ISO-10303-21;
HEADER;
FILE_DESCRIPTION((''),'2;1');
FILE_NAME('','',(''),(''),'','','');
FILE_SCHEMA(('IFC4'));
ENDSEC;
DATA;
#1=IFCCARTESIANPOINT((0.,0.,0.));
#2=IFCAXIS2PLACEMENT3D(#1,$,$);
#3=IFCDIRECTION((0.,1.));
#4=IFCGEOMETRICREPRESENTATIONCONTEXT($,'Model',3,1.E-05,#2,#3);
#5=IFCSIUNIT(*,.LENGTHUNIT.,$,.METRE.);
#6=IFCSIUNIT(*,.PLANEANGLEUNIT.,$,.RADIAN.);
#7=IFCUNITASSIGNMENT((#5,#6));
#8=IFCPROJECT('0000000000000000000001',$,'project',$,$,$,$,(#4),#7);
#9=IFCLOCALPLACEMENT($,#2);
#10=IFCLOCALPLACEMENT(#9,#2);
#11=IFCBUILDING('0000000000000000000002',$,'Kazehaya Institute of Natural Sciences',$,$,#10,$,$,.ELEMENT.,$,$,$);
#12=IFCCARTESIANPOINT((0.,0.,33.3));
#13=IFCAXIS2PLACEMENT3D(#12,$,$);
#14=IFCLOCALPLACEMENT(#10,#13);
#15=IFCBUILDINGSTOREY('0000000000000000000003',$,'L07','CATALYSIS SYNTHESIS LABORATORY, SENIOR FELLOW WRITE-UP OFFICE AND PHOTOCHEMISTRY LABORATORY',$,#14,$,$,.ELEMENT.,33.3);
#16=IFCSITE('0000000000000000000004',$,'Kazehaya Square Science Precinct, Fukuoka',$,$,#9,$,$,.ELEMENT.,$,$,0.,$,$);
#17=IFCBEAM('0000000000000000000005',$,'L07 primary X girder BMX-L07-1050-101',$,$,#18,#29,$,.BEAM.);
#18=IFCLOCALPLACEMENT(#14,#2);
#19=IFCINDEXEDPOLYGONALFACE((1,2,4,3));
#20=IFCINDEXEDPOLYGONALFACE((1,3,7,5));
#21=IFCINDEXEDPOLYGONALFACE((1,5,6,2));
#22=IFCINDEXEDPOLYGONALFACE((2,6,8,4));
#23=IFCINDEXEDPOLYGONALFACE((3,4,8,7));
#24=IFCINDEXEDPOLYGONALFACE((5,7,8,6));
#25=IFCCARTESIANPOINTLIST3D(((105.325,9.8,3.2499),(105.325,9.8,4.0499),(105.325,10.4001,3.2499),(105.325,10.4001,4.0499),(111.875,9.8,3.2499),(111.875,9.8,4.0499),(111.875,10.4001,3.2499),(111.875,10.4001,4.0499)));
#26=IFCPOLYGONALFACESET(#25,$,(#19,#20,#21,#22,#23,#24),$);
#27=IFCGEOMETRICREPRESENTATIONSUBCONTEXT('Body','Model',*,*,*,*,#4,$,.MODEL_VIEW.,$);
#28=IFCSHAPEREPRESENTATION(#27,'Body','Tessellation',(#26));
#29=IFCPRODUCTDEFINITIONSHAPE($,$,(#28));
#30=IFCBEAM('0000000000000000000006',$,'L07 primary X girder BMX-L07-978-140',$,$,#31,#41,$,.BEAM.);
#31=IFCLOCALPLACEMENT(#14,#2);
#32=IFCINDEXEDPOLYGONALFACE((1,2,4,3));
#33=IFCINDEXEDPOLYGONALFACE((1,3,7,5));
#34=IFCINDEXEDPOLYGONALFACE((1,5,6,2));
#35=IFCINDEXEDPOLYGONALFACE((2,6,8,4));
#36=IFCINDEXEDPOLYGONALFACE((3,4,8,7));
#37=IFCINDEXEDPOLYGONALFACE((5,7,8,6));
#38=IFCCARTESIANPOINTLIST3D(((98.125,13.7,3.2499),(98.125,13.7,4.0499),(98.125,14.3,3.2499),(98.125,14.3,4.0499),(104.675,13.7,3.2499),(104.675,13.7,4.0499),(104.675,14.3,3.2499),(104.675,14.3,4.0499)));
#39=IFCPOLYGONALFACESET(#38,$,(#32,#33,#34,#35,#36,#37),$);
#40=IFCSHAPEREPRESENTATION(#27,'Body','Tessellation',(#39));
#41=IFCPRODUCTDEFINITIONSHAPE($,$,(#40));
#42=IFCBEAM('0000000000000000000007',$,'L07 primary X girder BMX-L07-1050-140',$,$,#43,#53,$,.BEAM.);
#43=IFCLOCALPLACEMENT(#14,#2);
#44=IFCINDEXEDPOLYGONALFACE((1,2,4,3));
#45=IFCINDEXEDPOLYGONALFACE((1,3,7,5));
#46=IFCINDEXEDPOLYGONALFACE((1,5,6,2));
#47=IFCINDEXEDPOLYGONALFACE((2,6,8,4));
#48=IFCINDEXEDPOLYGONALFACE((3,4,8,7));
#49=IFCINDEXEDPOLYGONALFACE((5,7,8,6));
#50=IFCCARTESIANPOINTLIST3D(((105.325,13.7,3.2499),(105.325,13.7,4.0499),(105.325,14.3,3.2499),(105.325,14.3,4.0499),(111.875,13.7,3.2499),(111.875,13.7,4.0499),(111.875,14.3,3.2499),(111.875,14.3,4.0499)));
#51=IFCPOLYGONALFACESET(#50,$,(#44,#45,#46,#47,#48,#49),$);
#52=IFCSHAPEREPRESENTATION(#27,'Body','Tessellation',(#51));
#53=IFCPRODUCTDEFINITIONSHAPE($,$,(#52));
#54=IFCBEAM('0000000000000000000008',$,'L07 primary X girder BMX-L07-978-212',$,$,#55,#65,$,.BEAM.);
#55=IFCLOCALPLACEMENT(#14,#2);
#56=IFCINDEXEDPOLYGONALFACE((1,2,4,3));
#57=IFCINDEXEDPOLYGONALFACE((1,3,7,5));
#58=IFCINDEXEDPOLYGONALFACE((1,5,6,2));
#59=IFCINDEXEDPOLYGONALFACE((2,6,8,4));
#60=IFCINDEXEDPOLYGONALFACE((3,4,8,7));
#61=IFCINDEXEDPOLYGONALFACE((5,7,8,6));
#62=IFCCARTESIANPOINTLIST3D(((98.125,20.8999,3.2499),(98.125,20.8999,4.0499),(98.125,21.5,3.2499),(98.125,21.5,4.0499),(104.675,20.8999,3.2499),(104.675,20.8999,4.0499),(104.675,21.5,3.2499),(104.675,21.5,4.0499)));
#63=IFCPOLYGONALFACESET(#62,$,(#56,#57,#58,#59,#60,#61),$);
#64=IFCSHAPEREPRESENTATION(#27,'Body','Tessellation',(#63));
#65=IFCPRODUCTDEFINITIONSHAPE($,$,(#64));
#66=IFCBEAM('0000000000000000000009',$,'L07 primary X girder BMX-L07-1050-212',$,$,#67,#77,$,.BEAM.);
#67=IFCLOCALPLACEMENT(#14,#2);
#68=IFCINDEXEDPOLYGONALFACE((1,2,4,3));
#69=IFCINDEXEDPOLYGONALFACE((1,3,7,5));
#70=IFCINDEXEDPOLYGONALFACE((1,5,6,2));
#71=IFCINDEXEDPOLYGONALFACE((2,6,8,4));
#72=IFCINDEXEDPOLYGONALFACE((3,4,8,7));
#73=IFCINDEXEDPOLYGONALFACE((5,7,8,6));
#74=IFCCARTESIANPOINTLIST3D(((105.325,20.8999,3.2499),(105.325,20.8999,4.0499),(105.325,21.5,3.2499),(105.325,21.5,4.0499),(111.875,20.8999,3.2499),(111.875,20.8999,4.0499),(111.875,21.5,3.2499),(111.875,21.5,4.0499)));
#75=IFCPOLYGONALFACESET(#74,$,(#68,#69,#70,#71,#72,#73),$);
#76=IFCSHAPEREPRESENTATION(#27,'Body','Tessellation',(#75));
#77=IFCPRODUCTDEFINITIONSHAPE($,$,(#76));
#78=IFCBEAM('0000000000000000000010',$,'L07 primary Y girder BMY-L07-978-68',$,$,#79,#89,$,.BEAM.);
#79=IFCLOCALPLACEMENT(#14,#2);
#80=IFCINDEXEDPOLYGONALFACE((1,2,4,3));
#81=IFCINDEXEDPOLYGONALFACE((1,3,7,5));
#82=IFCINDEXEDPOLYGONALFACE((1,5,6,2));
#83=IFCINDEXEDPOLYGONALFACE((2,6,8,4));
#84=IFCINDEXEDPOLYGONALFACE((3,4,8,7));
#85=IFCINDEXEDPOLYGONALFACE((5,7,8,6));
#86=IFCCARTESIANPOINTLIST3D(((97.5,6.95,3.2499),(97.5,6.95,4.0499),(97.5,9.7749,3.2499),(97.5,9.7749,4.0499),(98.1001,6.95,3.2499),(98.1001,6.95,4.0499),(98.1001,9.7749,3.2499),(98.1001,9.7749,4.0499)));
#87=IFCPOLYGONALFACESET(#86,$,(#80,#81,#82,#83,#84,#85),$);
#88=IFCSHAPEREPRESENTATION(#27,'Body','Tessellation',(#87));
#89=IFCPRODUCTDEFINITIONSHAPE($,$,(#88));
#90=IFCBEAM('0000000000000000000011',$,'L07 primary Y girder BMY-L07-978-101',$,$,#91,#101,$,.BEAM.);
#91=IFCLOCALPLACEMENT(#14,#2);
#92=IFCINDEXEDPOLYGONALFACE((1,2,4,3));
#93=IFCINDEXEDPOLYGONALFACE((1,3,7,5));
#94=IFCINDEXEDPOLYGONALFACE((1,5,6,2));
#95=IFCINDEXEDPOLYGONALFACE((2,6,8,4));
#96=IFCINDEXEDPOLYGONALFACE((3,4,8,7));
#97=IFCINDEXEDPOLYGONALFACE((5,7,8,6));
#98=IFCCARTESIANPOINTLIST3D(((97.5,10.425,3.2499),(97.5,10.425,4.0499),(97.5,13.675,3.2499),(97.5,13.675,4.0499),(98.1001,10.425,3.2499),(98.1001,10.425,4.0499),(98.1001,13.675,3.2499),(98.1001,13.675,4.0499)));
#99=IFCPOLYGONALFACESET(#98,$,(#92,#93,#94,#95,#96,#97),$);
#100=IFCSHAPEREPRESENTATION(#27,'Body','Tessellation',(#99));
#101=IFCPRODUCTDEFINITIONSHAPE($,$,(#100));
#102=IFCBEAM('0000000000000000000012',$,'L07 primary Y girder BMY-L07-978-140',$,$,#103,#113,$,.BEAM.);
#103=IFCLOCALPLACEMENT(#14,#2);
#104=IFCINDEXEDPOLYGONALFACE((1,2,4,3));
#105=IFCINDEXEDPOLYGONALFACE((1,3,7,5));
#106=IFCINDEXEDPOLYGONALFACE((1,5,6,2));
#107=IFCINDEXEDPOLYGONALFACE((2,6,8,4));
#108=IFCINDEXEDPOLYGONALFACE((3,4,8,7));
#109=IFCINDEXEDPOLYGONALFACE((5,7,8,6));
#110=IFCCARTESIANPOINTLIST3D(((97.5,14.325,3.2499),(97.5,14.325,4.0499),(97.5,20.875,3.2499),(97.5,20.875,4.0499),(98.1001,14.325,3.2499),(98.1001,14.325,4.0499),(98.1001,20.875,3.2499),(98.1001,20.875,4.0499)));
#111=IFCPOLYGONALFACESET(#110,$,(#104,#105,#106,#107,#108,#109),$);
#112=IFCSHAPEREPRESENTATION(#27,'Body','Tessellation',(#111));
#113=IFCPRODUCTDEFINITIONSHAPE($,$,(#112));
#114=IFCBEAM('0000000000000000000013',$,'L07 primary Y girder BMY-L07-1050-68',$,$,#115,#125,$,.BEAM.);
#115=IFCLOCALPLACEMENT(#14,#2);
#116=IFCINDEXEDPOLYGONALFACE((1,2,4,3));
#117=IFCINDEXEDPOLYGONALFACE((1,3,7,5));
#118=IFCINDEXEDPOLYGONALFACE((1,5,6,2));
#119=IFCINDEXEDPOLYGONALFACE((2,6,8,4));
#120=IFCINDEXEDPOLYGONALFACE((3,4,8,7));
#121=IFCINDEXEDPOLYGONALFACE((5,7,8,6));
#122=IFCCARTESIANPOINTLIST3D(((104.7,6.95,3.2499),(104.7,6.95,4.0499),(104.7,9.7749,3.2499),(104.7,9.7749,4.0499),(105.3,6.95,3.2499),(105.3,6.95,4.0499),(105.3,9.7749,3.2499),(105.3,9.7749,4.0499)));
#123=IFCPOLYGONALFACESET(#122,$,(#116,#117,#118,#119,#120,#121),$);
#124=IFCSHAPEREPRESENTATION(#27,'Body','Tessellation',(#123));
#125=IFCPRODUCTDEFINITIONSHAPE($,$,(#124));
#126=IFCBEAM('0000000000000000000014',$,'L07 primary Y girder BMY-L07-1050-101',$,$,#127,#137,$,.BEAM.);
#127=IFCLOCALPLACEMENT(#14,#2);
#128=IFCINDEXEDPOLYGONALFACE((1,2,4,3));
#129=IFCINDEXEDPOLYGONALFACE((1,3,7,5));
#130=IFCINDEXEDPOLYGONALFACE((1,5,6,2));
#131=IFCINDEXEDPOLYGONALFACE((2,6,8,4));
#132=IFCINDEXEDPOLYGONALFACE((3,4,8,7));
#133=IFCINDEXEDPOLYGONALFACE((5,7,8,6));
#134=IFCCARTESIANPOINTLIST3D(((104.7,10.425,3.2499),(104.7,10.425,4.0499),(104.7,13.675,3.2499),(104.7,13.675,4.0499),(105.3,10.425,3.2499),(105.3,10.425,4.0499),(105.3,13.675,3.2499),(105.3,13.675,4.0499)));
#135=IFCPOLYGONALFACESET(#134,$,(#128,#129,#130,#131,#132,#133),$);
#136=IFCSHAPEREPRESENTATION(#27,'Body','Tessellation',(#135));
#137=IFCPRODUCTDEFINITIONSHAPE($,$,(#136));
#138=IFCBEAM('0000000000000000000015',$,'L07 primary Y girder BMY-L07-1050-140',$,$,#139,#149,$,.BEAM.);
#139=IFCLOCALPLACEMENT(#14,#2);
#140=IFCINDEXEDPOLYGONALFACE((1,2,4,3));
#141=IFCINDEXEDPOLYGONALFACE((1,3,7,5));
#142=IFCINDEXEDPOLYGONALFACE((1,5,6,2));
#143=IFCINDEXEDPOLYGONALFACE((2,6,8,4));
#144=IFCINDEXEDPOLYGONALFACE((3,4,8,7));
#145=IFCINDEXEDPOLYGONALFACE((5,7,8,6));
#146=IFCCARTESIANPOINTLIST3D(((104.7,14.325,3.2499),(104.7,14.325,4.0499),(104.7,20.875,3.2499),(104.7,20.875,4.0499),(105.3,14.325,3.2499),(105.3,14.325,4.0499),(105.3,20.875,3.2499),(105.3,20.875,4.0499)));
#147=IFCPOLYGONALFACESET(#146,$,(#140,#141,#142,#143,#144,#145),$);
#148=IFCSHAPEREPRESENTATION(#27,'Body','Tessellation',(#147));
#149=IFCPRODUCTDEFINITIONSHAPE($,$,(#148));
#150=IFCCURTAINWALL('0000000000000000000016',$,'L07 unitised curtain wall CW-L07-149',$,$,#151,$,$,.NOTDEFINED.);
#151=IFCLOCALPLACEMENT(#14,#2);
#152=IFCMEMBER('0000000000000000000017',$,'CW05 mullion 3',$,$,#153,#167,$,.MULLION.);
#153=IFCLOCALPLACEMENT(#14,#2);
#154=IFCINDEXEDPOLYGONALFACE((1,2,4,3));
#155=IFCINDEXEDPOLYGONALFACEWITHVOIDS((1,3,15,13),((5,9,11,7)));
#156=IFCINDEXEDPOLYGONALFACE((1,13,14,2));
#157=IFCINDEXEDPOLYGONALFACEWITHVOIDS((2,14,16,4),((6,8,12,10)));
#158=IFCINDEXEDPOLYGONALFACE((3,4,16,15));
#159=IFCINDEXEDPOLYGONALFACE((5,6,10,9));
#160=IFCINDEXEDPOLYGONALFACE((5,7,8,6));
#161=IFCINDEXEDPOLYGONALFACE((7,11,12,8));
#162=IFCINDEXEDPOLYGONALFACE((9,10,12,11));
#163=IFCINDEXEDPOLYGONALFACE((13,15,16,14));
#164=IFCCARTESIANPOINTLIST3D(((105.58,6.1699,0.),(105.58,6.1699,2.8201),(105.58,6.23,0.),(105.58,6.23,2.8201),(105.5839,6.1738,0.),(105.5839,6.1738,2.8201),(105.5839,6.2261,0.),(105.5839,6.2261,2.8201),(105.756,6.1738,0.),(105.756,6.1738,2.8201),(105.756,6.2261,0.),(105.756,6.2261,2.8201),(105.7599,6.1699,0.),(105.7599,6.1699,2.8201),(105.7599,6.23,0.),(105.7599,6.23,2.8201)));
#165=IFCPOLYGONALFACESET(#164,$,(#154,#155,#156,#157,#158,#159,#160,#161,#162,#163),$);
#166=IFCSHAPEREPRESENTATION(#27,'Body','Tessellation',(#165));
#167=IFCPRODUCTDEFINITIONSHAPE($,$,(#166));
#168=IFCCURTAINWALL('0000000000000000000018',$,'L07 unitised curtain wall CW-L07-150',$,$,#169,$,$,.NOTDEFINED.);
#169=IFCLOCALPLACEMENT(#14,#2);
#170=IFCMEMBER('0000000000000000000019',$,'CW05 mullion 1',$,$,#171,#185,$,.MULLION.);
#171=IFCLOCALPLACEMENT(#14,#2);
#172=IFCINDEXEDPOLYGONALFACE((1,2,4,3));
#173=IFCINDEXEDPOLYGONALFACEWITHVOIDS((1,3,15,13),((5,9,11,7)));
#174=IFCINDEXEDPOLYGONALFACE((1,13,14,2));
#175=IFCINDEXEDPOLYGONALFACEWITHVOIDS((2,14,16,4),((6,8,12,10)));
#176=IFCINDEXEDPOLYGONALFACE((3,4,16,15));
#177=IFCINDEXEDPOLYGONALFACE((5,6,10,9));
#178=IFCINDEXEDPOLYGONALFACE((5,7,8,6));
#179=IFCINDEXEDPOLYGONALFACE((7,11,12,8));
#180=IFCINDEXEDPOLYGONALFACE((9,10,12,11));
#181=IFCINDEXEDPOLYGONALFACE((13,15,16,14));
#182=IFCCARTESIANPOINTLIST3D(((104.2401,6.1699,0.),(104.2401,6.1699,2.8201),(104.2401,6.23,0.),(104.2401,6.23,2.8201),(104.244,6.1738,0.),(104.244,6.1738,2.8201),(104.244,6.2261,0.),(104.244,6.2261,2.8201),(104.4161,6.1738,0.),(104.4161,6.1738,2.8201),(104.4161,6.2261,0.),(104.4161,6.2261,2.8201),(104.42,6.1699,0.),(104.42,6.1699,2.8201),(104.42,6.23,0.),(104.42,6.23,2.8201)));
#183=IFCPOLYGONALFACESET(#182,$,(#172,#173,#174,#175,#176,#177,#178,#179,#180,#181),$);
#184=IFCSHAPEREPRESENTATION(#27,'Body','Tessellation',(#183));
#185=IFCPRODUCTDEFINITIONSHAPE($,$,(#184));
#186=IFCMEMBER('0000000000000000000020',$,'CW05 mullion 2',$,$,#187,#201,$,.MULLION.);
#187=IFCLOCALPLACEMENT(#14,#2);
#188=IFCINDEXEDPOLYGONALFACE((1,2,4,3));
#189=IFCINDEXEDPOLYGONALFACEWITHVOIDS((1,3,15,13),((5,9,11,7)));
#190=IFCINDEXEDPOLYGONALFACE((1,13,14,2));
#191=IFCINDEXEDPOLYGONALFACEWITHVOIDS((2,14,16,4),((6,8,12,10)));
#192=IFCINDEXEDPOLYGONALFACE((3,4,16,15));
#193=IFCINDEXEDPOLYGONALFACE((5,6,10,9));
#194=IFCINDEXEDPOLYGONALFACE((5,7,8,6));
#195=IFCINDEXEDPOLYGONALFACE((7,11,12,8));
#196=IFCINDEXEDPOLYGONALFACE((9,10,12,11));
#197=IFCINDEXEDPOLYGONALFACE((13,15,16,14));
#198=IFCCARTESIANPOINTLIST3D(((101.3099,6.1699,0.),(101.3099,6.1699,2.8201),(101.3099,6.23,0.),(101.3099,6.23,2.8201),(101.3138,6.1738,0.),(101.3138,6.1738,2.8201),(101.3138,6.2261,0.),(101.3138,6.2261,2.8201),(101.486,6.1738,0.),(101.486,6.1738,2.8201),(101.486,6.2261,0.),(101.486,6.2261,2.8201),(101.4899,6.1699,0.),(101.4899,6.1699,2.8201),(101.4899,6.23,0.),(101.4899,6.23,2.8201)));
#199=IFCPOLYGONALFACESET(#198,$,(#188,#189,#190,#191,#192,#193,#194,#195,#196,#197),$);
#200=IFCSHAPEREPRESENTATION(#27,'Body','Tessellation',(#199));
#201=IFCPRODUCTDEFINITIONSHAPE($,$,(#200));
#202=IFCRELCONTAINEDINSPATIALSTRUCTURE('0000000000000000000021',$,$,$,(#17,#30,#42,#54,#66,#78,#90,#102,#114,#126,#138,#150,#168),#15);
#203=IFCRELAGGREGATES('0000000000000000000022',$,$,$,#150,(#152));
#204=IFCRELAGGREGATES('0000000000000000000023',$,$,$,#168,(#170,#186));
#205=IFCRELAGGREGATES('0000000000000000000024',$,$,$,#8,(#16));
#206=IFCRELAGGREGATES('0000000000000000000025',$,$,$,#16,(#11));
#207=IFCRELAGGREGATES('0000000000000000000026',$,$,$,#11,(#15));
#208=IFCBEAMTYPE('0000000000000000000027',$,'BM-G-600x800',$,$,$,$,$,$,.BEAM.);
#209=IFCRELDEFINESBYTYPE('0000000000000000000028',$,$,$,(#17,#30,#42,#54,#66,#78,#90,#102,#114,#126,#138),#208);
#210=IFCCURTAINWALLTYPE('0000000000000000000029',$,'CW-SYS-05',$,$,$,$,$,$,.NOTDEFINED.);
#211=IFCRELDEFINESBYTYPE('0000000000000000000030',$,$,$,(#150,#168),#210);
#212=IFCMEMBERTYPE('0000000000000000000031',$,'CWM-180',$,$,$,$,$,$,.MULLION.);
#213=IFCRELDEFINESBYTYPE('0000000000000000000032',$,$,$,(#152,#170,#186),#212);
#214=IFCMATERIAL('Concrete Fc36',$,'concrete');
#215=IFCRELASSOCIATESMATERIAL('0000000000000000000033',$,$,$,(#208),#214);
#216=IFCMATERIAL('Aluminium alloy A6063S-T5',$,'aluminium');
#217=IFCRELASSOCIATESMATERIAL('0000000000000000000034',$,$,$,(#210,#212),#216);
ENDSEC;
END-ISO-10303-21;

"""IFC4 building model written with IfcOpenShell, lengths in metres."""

from ifc_helpers import new_model, si_unit, direction, frame, origin, origin_2d, place, context, subcontext, project, spatial, rectangle, hollow_rectangle, extrude, material, material_profile, profile_set, type_object, element, aggregate, save


model = new_model("IFC4")

# Units and contexts
model_context = context("Model", 3, precision=1e-05, world=origin(), true_north=direction((0.0, 1.0)))
body_context = subcontext(model_context, "Body", "Model", "MODEL_VIEW")
ifc_project = project(units=[si_unit("LENGTHUNIT", "METRE"), si_unit("PLANEANGLEUNIT", "RADIAN")], contexts=[model_context])

# Site, building, storey
site_placement = place(None, origin())
site = spatial("IfcSite", under=ifc_project, at=site_placement, Name="Kazehaya Square Science Precinct, Fukuoka", CompositionType="ELEMENT", RefElevation=0.0)
building_placement = place(site_placement, origin())
building = spatial("IfcBuilding", under=site, at=building_placement, Name="Kazehaya Institute of Natural Sciences", CompositionType="ELEMENT")
storey_placement = place(building_placement, frame((0.0, 0.0, 33.3)))
storey = spatial("IfcBuildingStorey", under=building, at=storey_placement, Name="L07", Description="CATALYSIS SYNTHESIS LABORATORY, SENIOR FELLOW WRITE-UP OFFICE AND PHOTOCHEMISTRY LABORATORY", CompositionType="ELEMENT", Elevation=33.3)

# Shared definitions
ifc_material_1 = material(Name="Concrete Fc36", Category="concrete")

# Beams
ifc_material_profile_1 = material_profile(ifc_material_1, rectangle(XDim=0.6001, YDim=0.8, at=origin_2d()), Name="RC-600x800")
ifc_profile_set_1 = profile_set([ifc_material_profile_1], Name="Concrete Fc36")
beam_type = type_object("IfcBeamType", Name="BM-G-600x800", PredefinedType="BEAM", material=ifc_profile_set_1)
for number, where, z_axis, x_axis, name in (
    (1, (105.325, 10.1001, 3.6499), (1.0, 0.0, 0.0), (0.0, 1.0, 0.0), "L07 primary X girder BMX-L07-1050-101"),
    (2, (98.125, 14.0, 3.6499), (1.0, 0.0, 0.0), (0.0, 1.0, 0.0), "L07 primary X girder BMX-L07-978-140"),
    (3, (105.325, 14.0, 3.6499), (1.0, 0.0, 0.0), (0.0, 1.0, 0.0), "L07 primary X girder BMX-L07-1050-140"),
    (4, (98.125, 21.2, 3.6499), (1.0, 0.0, 0.0), (0.0, 1.0, 0.0), "L07 primary X girder BMX-L07-978-212"),
    (5, (105.325, 21.2, 3.6499), (1.0, 0.0, 0.0), (0.0, 1.0, 0.0), "L07 primary X girder BMX-L07-1050-212"),
):
    element("IfcBeam", number, at=place(storey_placement, frame(where, z_axis=z_axis, x_axis=x_axis)), inside=storey, type_object=beam_type, Name=name, PredefinedType="BEAM", context=body_context, shape_type="SweptSolid", body=[
        extrude(rectangle(XDim=0.6001, YDim=0.8, at=origin_2d()), origin(), (0.0, 0.0, 1.0), 6.55),
    ])
beam_1_placement = place(storey_placement, frame((97.8, 6.95, 3.6499), z_axis=(0.0, 1.0, 0.0), x_axis=(-1.0, 0.0, 0.0)))
element("IfcBeam", 6, at=beam_1_placement, inside=storey, type_object=beam_type, Name="L07 primary Y girder BMY-L07-978-68", PredefinedType="BEAM", context=body_context, shape_type="SweptSolid", body=[
    extrude(rectangle(XDim=0.6001, YDim=0.8, at=origin_2d()), origin(), (0.0, 0.0, 1.0), 2.825),
])
beam_2_placement = place(storey_placement, frame((97.8, 10.425, 3.6499), z_axis=(0.0, 1.0, 0.0), x_axis=(-1.0, 0.0, 0.0)))
element("IfcBeam", 7, at=beam_2_placement, inside=storey, type_object=beam_type, Name="L07 primary Y girder BMY-L07-978-101", PredefinedType="BEAM", context=body_context, shape_type="SweptSolid", body=[
    extrude(rectangle(XDim=0.6001, YDim=0.8, at=origin_2d()), origin(), (0.0, 0.0, 1.0), 3.25),
])
beam_3_placement = place(storey_placement, frame((97.8, 14.325, 3.6499), z_axis=(0.0, 1.0, 0.0), x_axis=(-1.0, 0.0, 0.0)))
element("IfcBeam", 8, at=beam_3_placement, inside=storey, type_object=beam_type, Name="L07 primary Y girder BMY-L07-978-140", PredefinedType="BEAM", context=body_context, shape_type="SweptSolid", body=[
    extrude(rectangle(XDim=0.6001, YDim=0.8, at=origin_2d()), origin(), (0.0, 0.0, 1.0), 6.55),
])
beam_4_placement = place(storey_placement, frame((105.0, 6.95, 3.6499), z_axis=(0.0, 1.0, 0.0), x_axis=(-1.0, 0.0, 0.0)))
element("IfcBeam", 9, at=beam_4_placement, inside=storey, type_object=beam_type, Name="L07 primary Y girder BMY-L07-1050-68", PredefinedType="BEAM", context=body_context, shape_type="SweptSolid", body=[
    extrude(rectangle(XDim=0.6001, YDim=0.8, at=origin_2d()), origin(), (0.0, 0.0, 1.0), 2.825),
])
beam_5_placement = place(storey_placement, frame((105.0, 10.425, 3.6499), z_axis=(0.0, 1.0, 0.0), x_axis=(-1.0, 0.0, 0.0)))
element("IfcBeam", 10, at=beam_5_placement, inside=storey, type_object=beam_type, Name="L07 primary Y girder BMY-L07-1050-101", PredefinedType="BEAM", context=body_context, shape_type="SweptSolid", body=[
    extrude(rectangle(XDim=0.6001, YDim=0.8, at=origin_2d()), origin(), (0.0, 0.0, 1.0), 3.25),
])
beam_6_placement = place(storey_placement, frame((105.0, 14.325, 3.6499), z_axis=(0.0, 1.0, 0.0), x_axis=(-1.0, 0.0, 0.0)))
element("IfcBeam", 11, at=beam_6_placement, inside=storey, type_object=beam_type, Name="L07 primary Y girder BMY-L07-1050-140", PredefinedType="BEAM", context=body_context, shape_type="SweptSolid", body=[
    extrude(rectangle(XDim=0.6001, YDim=0.8, at=origin_2d()), origin(), (0.0, 0.0, 1.0), 6.55),
])

# Curtain wall, member
ifc_material_2 = material(Name="Aluminium alloy A6063S-T5", Category="aluminium")
curtain_wall_type = type_object("IfcCurtainWallType", Name="CW-SYS-05", PredefinedType="NOTDEFINED", material=ifc_material_2)
curtain_wall_1_placement = place(storey_placement, origin())
curtain_wall_1 = element("IfcCurtainWall", 12, at=curtain_wall_1_placement, inside=storey, type_object=curtain_wall_type, Name="L07 unitised curtain wall CW-L07-149", PredefinedType="NOTDEFINED")
ifc_material_profile_2 = material_profile(ifc_material_2, hollow_rectangle(XDim=0.0601, YDim=0.1799, WallThickness=0.0039, at=origin_2d()), Name="ALU-60x180x4")
ifc_profile_set_2 = profile_set([ifc_material_profile_2], Name="Aluminium alloy A6063S-T5")
member_type_1 = type_object("IfcMemberType", Name="CWM-180", PredefinedType="MULLION", material=ifc_profile_set_2)
member_1_placement = place(storey_placement, frame((105.6699, 6.2, 0.0), z_axis=(0.0, 0.0, 1.0), x_axis=(0.0, -1.0, 0.0)))
member_1 = element("IfcMember", 13, at=member_1_placement, type_object=member_type_1, Name="CW05 mullion 3", PredefinedType="MULLION", context=body_context, shape_type="SweptSolid", body=[
    extrude(hollow_rectangle(XDim=0.0601, YDim=0.1799, WallThickness=0.0039, at=origin_2d()), origin(), (0.0, 0.0, 1.0), 2.8201),
])

# Curtain wall, members
curtain_wall_2_placement = place(storey_placement, origin())
curtain_wall_2 = element("IfcCurtainWall", 14, at=curtain_wall_2_placement, inside=storey, type_object=curtain_wall_type, Name="L07 unitised curtain wall CW-L07-150", PredefinedType="NOTDEFINED")
member_2_placement = place(storey_placement, frame((104.3301, 6.2, 0.0), z_axis=(0.0, 0.0, 1.0), x_axis=(0.0, -1.0, 0.0)))
member_2 = element("IfcMember", 15, at=member_2_placement, type_object=member_type_1, Name="CW05 mullion 1", PredefinedType="MULLION", context=body_context, shape_type="SweptSolid", body=[
    extrude(hollow_rectangle(XDim=0.0601, YDim=0.1799, WallThickness=0.0039, at=origin_2d()), origin(), (0.0, 0.0, 1.0), 2.8201),
])
member_3_placement = place(storey_placement, frame((101.3999, 6.2, 0.0), z_axis=(0.0, 0.0, 1.0), x_axis=(0.0, -1.0, 0.0)))
member_3 = element("IfcMember", 16, at=member_3_placement, type_object=member_type_1, Name="CW05 mullion 2", PredefinedType="MULLION", context=body_context, shape_type="SweptSolid", body=[
    extrude(hollow_rectangle(XDim=0.0601, YDim=0.1799, WallThickness=0.0039, at=origin_2d()), origin(), (0.0, 0.0, 1.0), 2.8201),
])

aggregate(curtain_wall_1, [member_1])
aggregate(curtain_wall_2, [member_2, member_3])

save(model, "model.ifc")
